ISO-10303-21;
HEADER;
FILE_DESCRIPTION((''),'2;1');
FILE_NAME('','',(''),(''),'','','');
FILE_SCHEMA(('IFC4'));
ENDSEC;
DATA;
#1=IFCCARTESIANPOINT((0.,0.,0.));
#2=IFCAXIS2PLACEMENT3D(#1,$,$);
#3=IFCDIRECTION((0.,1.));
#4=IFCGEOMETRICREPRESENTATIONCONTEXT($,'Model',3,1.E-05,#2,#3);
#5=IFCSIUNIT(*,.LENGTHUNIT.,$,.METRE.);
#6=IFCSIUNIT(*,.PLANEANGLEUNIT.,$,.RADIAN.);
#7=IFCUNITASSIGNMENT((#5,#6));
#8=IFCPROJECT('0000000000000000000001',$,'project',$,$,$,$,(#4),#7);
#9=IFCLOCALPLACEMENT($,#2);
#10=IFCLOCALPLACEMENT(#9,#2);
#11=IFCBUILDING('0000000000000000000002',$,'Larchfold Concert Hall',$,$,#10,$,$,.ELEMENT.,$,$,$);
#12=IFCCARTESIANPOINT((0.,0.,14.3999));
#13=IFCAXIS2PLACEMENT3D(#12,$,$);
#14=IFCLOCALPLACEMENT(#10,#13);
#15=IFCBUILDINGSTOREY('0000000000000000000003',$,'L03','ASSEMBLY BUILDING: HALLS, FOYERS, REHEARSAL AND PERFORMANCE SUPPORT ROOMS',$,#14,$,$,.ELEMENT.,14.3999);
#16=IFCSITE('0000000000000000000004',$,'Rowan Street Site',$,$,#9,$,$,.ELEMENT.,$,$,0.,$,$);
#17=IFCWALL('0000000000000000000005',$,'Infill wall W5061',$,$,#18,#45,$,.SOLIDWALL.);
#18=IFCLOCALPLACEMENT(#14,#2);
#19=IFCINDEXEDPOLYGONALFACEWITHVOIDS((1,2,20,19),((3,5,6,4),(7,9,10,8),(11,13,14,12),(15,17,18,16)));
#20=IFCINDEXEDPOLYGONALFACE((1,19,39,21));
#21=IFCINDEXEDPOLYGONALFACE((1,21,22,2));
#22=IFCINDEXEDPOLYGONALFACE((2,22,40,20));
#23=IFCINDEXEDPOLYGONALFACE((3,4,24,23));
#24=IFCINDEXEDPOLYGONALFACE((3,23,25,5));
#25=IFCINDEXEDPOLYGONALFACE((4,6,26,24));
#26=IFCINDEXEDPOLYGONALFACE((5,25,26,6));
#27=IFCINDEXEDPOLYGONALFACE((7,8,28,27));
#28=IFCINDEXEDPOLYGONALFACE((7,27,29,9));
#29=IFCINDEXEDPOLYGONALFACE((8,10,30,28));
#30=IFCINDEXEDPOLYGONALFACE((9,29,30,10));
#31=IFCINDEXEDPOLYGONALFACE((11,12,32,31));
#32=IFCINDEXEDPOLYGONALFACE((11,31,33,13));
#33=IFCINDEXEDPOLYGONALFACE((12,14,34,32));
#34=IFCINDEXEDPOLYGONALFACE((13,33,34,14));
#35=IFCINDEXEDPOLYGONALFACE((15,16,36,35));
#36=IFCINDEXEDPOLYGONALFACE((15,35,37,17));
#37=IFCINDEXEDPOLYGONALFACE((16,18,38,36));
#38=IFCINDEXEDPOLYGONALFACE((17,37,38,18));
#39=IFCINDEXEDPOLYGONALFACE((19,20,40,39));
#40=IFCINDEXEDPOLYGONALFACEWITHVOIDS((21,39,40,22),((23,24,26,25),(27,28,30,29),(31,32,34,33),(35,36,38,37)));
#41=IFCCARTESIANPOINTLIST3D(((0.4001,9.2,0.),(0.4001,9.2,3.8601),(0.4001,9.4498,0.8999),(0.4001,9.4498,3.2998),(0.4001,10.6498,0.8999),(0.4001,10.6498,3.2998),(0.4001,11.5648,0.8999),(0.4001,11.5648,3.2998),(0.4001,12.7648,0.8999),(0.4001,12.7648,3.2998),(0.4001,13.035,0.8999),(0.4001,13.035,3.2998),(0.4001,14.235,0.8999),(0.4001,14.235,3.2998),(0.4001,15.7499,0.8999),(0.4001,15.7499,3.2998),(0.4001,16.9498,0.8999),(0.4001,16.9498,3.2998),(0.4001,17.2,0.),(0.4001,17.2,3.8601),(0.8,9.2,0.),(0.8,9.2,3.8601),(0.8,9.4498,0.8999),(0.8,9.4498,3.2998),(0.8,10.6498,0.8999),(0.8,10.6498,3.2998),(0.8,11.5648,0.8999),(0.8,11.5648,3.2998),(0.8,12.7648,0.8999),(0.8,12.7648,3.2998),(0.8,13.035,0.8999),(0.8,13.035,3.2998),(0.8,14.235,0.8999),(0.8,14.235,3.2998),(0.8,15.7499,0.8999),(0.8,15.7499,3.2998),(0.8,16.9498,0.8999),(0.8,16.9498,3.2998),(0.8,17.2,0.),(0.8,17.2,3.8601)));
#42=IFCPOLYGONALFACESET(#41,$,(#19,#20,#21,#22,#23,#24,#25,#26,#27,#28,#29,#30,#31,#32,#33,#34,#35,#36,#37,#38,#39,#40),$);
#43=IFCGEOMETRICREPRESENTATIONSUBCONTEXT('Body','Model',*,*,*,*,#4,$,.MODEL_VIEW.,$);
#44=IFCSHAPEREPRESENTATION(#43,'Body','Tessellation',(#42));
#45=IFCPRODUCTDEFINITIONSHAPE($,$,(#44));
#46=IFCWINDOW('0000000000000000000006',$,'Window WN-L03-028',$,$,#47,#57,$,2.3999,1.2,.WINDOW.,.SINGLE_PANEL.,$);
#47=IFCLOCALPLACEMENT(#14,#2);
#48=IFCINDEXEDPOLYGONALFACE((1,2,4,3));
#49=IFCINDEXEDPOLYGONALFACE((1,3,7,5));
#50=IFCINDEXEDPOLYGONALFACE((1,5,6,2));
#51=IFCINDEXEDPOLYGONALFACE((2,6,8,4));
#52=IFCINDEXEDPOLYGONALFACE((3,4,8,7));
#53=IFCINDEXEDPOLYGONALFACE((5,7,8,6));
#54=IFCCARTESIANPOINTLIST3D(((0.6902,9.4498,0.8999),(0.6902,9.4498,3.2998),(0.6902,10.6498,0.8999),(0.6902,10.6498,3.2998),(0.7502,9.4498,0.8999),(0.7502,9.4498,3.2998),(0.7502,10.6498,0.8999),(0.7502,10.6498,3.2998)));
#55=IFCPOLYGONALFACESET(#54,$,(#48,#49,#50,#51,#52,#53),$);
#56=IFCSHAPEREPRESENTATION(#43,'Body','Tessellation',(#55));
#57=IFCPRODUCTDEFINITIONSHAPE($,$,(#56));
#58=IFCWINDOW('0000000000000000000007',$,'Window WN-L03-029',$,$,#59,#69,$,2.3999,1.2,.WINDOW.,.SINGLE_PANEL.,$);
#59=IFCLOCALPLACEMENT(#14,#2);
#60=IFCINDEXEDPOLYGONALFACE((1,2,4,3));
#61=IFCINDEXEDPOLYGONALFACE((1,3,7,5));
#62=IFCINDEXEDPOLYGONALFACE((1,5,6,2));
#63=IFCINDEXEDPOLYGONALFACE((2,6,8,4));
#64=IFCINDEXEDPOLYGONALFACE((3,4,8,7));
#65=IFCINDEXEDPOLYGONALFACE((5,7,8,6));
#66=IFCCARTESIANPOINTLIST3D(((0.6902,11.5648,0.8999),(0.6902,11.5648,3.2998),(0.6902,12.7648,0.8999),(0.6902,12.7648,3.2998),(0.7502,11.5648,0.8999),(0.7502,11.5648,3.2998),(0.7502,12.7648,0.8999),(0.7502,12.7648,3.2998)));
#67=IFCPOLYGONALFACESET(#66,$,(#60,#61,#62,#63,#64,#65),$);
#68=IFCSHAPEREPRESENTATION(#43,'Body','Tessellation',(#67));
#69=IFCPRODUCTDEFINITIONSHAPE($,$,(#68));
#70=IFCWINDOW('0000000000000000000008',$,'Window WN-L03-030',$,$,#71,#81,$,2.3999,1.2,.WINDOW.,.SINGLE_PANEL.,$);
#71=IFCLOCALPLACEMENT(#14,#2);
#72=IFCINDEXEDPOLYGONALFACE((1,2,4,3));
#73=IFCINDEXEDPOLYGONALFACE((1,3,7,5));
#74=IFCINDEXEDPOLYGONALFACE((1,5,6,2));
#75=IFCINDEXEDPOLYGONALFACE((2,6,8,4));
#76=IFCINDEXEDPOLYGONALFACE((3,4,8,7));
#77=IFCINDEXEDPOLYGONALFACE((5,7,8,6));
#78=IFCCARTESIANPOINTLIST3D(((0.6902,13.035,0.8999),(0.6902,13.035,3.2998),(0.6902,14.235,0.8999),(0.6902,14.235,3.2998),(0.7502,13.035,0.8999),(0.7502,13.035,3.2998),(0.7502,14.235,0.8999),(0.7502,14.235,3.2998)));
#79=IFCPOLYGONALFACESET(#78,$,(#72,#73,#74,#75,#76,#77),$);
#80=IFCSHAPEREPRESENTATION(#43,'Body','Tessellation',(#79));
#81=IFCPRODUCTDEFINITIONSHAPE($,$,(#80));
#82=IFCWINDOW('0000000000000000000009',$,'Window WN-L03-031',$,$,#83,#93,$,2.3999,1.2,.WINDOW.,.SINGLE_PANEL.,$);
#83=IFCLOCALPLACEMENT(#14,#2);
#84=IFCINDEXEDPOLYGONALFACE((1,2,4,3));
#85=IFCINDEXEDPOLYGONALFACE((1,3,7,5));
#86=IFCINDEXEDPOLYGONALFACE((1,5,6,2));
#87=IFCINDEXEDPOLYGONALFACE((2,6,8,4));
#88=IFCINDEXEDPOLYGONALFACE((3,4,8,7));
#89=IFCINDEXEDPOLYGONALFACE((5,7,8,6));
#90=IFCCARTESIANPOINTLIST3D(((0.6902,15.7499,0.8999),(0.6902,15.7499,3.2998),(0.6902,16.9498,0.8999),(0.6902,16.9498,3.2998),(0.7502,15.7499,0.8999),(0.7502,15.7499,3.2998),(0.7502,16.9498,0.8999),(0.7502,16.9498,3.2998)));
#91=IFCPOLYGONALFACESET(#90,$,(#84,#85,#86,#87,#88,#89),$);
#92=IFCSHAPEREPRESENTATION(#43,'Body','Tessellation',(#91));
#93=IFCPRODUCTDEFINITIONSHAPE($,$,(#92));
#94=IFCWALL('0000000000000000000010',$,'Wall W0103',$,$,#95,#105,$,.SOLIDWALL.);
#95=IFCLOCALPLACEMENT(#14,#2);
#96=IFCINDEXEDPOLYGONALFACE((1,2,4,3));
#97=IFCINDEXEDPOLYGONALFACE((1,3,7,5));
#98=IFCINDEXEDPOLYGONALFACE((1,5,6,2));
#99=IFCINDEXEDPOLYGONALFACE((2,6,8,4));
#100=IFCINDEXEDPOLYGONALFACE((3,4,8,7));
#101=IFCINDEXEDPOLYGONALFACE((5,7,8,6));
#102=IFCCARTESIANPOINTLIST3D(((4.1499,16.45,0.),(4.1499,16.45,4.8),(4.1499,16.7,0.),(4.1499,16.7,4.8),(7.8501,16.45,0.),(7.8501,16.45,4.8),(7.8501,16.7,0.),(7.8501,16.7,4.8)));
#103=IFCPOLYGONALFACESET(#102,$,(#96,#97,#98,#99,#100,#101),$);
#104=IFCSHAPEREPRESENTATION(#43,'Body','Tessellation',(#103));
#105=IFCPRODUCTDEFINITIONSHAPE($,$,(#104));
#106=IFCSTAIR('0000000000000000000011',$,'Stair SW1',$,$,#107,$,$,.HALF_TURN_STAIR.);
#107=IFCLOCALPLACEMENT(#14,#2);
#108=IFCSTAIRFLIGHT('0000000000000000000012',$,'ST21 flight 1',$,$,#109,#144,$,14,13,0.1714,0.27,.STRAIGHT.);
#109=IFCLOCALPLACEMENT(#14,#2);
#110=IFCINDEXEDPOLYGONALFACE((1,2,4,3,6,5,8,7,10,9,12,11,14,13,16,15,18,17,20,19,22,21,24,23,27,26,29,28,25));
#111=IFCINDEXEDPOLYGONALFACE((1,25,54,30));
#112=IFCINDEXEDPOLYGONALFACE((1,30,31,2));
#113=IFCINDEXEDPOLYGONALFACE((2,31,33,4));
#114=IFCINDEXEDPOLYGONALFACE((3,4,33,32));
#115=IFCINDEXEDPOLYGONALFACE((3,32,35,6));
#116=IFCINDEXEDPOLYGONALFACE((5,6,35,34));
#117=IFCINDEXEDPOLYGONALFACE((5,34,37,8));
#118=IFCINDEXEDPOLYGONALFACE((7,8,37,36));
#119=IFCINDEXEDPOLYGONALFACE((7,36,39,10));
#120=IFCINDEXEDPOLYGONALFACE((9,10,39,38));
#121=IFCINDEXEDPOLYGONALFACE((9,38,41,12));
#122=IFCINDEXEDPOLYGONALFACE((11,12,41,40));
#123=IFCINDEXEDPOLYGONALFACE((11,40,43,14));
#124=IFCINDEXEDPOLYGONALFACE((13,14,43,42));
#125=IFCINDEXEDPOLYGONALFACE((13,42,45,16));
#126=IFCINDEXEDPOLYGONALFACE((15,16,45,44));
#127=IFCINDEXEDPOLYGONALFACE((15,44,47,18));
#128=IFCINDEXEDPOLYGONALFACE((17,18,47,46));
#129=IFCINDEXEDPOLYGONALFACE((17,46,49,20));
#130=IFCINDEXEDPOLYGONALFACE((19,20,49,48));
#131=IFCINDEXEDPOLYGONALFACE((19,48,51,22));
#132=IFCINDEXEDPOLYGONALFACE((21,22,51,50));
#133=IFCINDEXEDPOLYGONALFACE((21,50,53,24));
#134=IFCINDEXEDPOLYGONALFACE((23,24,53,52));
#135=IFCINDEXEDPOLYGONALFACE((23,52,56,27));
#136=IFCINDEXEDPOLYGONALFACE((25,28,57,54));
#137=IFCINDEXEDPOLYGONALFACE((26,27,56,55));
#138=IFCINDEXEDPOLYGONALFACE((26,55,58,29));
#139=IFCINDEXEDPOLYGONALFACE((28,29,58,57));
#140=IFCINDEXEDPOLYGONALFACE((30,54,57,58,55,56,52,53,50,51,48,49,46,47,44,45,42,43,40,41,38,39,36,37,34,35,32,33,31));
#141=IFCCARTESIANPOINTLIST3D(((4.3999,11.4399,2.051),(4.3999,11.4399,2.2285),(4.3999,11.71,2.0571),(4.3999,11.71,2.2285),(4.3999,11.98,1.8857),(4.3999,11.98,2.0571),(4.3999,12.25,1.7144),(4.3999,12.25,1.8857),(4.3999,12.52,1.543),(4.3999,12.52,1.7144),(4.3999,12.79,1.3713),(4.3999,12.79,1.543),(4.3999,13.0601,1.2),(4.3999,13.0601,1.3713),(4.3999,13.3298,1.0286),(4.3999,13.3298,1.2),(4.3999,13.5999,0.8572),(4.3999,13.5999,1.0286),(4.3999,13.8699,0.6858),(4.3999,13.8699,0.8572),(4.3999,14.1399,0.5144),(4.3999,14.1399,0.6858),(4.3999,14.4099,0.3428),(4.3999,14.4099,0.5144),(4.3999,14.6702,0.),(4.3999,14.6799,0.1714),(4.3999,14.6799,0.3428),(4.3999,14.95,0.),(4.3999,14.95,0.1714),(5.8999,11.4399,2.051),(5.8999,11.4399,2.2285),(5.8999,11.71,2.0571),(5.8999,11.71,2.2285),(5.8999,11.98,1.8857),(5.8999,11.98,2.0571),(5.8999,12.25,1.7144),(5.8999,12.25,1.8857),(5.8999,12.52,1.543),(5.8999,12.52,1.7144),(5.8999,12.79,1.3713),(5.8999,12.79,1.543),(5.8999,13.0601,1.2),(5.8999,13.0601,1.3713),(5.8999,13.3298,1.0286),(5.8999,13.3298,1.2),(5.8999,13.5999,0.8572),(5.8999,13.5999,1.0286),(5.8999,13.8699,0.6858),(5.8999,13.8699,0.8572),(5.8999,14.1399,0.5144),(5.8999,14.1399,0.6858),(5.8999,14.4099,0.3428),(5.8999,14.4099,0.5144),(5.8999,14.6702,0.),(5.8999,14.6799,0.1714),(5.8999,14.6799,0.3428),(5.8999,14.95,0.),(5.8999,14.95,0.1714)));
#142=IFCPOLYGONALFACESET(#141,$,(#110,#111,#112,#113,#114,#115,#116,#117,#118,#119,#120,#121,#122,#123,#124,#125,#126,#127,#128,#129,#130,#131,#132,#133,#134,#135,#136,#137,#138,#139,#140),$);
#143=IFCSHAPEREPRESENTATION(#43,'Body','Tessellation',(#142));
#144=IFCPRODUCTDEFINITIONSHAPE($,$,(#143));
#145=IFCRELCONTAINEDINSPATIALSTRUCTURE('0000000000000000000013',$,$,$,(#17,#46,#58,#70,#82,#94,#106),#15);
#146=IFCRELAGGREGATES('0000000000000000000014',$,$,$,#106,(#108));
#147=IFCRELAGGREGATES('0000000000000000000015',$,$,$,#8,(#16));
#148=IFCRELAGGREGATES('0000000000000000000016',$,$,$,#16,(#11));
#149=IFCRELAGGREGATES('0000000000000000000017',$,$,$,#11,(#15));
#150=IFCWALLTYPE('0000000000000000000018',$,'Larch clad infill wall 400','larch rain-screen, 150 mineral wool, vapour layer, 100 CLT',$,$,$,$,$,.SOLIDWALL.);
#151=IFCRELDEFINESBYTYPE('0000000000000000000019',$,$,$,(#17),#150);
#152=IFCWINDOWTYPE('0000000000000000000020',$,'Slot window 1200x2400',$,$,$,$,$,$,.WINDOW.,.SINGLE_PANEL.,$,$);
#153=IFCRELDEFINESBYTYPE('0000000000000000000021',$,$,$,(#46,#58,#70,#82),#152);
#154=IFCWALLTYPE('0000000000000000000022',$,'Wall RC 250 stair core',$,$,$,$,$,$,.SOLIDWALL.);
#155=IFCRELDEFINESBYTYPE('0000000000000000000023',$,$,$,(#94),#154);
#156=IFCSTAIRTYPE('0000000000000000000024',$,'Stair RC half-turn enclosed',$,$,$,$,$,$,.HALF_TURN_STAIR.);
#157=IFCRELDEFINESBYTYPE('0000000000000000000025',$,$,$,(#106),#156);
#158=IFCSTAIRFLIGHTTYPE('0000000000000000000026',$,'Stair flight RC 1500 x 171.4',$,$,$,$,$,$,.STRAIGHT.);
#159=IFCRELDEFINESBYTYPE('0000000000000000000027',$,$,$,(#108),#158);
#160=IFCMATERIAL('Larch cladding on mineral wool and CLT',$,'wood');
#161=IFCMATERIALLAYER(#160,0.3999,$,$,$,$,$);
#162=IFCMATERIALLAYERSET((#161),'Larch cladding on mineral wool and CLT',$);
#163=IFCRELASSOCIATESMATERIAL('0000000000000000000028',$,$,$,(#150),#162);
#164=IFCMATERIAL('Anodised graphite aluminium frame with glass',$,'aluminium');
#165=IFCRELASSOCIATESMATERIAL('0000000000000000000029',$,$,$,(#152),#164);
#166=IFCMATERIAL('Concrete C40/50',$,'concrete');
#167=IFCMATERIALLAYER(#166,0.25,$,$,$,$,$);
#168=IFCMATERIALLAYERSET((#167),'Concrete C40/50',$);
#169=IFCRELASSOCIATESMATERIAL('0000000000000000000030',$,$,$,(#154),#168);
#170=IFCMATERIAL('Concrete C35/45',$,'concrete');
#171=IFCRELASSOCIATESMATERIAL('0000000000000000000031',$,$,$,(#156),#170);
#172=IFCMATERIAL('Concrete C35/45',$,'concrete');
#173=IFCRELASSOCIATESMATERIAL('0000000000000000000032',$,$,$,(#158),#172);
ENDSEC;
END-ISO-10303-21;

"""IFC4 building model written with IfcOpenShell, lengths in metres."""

from ifc_helpers import new_model, si_unit, direction, frame, frame_2d, origin, place, context, subcontext, project, spatial, polyline, rectangle, outline, extrude, material, layer, layer_set, type_object, element, fill, aggregate, save


model = new_model("IFC4")

# Units and contexts
model_context = context("Model", 3, precision=1e-05, world=origin(), true_north=direction((0.0, 1.0)))
body_context = subcontext(model_context, "Body", "Model", "MODEL_VIEW")
ifc_project = project(units=[si_unit("LENGTHUNIT", "METRE"), si_unit("PLANEANGLEUNIT", "RADIAN")], contexts=[model_context])

# Site, building, storey
site_placement = place(None, origin())
site = spatial("IfcSite", under=ifc_project, at=site_placement, Name="Rowan Street Site", CompositionType="ELEMENT", RefElevation=0.0)
building_placement = place(site_placement, origin())
building = spatial("IfcBuilding", under=site, at=building_placement, Name="Larchfold Concert Hall", CompositionType="ELEMENT")
storey_placement = place(building_placement, frame((0.0, 0.0, 14.3999)))
storey = spatial("IfcBuildingStorey", under=building, at=storey_placement, Name="L03", Description="ASSEMBLY BUILDING: HALLS, FOYERS, REHEARSAL AND PERFORMANCE SUPPORT ROOMS", CompositionType="ELEMENT", Elevation=14.3999)

# Wall, openings, windows
ifc_material_1 = material(Name="Larch cladding on mineral wool and CLT", Category="wood")
ifc_layer_1 = layer(ifc_material_1, 0.3999)
ifc_layer_set_1 = layer_set([ifc_layer_1], Name="Larch cladding on mineral wool and CLT")
wall_type_1 = type_object("IfcWallType", Name="Larch clad infill wall 400", Description="larch rain-screen, 150 mineral wool, vapour layer, 100 CLT", PredefinedType="SOLIDWALL", material=ifc_layer_set_1)
wall_1_placement = place(storey_placement, frame((0.6001, 17.2, 0.0), z_axis=(0.0, 0.0, 1.0), x_axis=(0.0, -1.0, 0.0)))
wall_1 = element("IfcWall", 1, at=wall_1_placement, inside=storey, type_object=wall_type_1, Name="Infill wall W5061", PredefinedType="SOLIDWALL", context=body_context, shape_type="SweptSolid", body=[
    extrude(rectangle(XDim=8.0, YDim=0.3999, at=frame_2d((4.0, 0.0))), origin(), (0.0, 0.0, 1.0), 3.8601),
])
opening_1_placement = place(wall_1_placement, frame((6.55, 0.0, 0.8999)))
opening_1 = element("IfcOpeningElement", 2, at=opening_1_placement, cuts=wall_1, PredefinedType="OPENING", context=body_context, shape_type="SweptSolid", body=[
    extrude(rectangle(XDim=1.2, YDim=2.3999, at=frame_2d((0.6001, 1.2))), frame((0.0, 0.21, 0.0), z_axis=(0.0, -1.0, 0.0), x_axis=(1.0, 0.0, 0.0)), (0.0, 0.0, 1.0), 0.4199),
])
opening_2_placement = place(wall_1_placement, frame((4.4351, 0.0, 0.8999)))
opening_2 = element("IfcOpeningElement", 3, at=opening_2_placement, cuts=wall_1, PredefinedType="OPENING", context=body_context, shape_type="SweptSolid", body=[
    extrude(rectangle(XDim=1.2, YDim=2.3999, at=frame_2d((0.6001, 1.2))), frame((0.0, 0.21, 0.0), z_axis=(0.0, -1.0, 0.0), x_axis=(1.0, 0.0, 0.0)), (0.0, 0.0, 1.0), 0.4199),
])
opening_3_placement = place(wall_1_placement, frame((2.9648, 0.0, 0.8999)))
opening_3 = element("IfcOpeningElement", 4, at=opening_3_placement, cuts=wall_1, PredefinedType="OPENING", context=body_context, shape_type="SweptSolid", body=[
    extrude(rectangle(XDim=1.2, YDim=2.3999, at=frame_2d((0.6001, 1.2))), frame((0.0, 0.21, 0.0), z_axis=(0.0, -1.0, 0.0), x_axis=(1.0, 0.0, 0.0)), (0.0, 0.0, 1.0), 0.4199),
])
opening_4_placement = place(wall_1_placement, frame((0.25, 0.0, 0.8999)))
opening_4 = element("IfcOpeningElement", 5, at=opening_4_placement, cuts=wall_1, PredefinedType="OPENING", context=body_context, shape_type="SweptSolid", body=[
    extrude(rectangle(XDim=1.2, YDim=2.3999, at=frame_2d((0.6001, 1.2))), frame((0.0, 0.21, 0.0), z_axis=(0.0, -1.0, 0.0), x_axis=(1.0, 0.0, 0.0)), (0.0, 0.0, 1.0), 0.4199),
])
ifc_material_2 = material(Name="Anodised graphite aluminium frame with glass", Category="aluminium")
window_type = type_object("IfcWindowType", Name="Slot window 1200x2400", PartitioningType="SINGLE_PANEL", PredefinedType="WINDOW", material=ifc_material_2)
window_1_placement = place(opening_1_placement, origin())
window_1 = element("IfcWindow", 6, at=window_1_placement, inside=storey, type_object=window_type, Name="Window WN-L03-028", OverallHeight=2.3999, OverallWidth=1.2, PartitioningType="SINGLE_PANEL", PredefinedType="WINDOW", context=body_context, shape_type="SweptSolid", body=[
    extrude(rectangle(XDim=1.2, YDim=2.3999, at=frame_2d((0.6001, 1.2))), frame((0.0, 0.1501, 0.0), z_axis=(0.0, -1.0, 0.0), x_axis=(1.0, 0.0, 0.0)), (0.0, 0.0, 1.0), 0.0601),
])
fill(opening_1, window_1)
window_2_placement = place(opening_2_placement, origin())
window_2 = element("IfcWindow", 7, at=window_2_placement, inside=storey, type_object=window_type, Name="Window WN-L03-029", OverallHeight=2.3999, OverallWidth=1.2, PartitioningType="SINGLE_PANEL", PredefinedType="WINDOW", context=body_context, shape_type="SweptSolid", body=[
    extrude(rectangle(XDim=1.2, YDim=2.3999, at=frame_2d((0.6001, 1.2))), frame((0.0, 0.1501, 0.0), z_axis=(0.0, -1.0, 0.0), x_axis=(1.0, 0.0, 0.0)), (0.0, 0.0, 1.0), 0.0601),
])
fill(opening_2, window_2)
window_3_placement = place(opening_3_placement, origin())
window_3 = element("IfcWindow", 8, at=window_3_placement, inside=storey, type_object=window_type, Name="Window WN-L03-030", OverallHeight=2.3999, OverallWidth=1.2, PartitioningType="SINGLE_PANEL", PredefinedType="WINDOW", context=body_context, shape_type="SweptSolid", body=[
    extrude(rectangle(XDim=1.2, YDim=2.3999, at=frame_2d((0.6001, 1.2))), frame((0.0, 0.1501, 0.0), z_axis=(0.0, -1.0, 0.0), x_axis=(1.0, 0.0, 0.0)), (0.0, 0.0, 1.0), 0.0601),
])
fill(opening_3, window_3)
window_4_placement = place(opening_4_placement, origin())
window_4 = element("IfcWindow", 9, at=window_4_placement, inside=storey, type_object=window_type, Name="Window WN-L03-031", OverallHeight=2.3999, OverallWidth=1.2, PartitioningType="SINGLE_PANEL", PredefinedType="WINDOW", context=body_context, shape_type="SweptSolid", body=[
    extrude(rectangle(XDim=1.2, YDim=2.3999, at=frame_2d((0.6001, 1.2))), frame((0.0, 0.1501, 0.0), z_axis=(0.0, -1.0, 0.0), x_axis=(1.0, 0.0, 0.0)), (0.0, 0.0, 1.0), 0.0601),
])
fill(opening_4, window_4)

# Wall
ifc_material_3 = material(Name="Concrete C40/50", Category="concrete")
ifc_layer_2 = layer(ifc_material_3, 0.25)
ifc_layer_set_2 = layer_set([ifc_layer_2], Name="Concrete C40/50")
wall_type_2 = type_object("IfcWallType", Name="Wall RC 250 stair core", PredefinedType="SOLIDWALL", material=ifc_layer_set_2)
wall_2_placement = place(storey_placement, frame((4.1499, 16.575, 0.0), z_axis=(0.0, 0.0, 1.0), x_axis=(1.0, 0.0, 0.0)))
element("IfcWall", 10, at=wall_2_placement, inside=storey, type_object=wall_type_2, Name="Wall W0103", PredefinedType="SOLIDWALL", context=body_context, shape_type="SweptSolid", body=[
    extrude(rectangle(XDim=3.7002, YDim=0.25, at=frame_2d((1.8501, 0.0))), origin(), (0.0, 0.0, 1.0), 4.8),
])

# Stair, stair flight
ifc_material_4 = material(Name="Concrete C35/45", Category="concrete")
stair_type = type_object("IfcStairType", Name="Stair RC half-turn enclosed", PredefinedType="HALF_TURN_STAIR", material=ifc_material_4)
stair_placement = place(storey_placement, origin())
stair = element("IfcStair", 11, at=stair_placement, inside=storey, type_object=stair_type, Name="Stair SW1", PredefinedType="HALF_TURN_STAIR")
ifc_material_5 = material(Name="Concrete C35/45", Category="concrete")
stair_flight_type = type_object("IfcStairFlightType", Name="Stair flight RC 1500 x 171.4", PredefinedType="STRAIGHT", material=ifc_material_5)
stair_flight_1_placement = place(storey_placement, frame((5.1499, 14.95, 0.0), z_axis=(0.0, 0.0, 1.0), x_axis=(0.0, -1.0, 0.0)))
stair_flight_1 = element("IfcStairFlight", 12, at=stair_flight_1_placement, type_object=stair_flight_type, Name="ST21 flight 1", NumberOfRisers=14, NumberOfTreads=13, PredefinedType="STRAIGHT", RiserHeight=0.1714, TreadLength=0.27, context=body_context, shape_type="SweptSolid", body=[
    extrude(outline(polyline([(0.0, 0.0), (0.0, 0.1714), (0.27, 0.1714), (0.27, 0.3428), (0.54, 0.3428), (0.54, 0.5144), (0.8101, 0.5144), (0.8101, 0.6858), (1.0801, 0.6858), (1.0801, 0.8572), (1.3501, 0.8572), (1.3501, 1.0286), (1.6201, 1.0286), (1.6201, 1.2), (1.8899, 1.2), (1.8899, 1.3713), (2.1599, 1.3713), (2.1599, 1.543), (2.4299, 1.543), (2.4299, 1.7144), (2.7, 1.7144), (2.7, 1.8857), (2.97, 1.8857), (2.97, 2.0571), (3.24, 2.0571), (3.24, 2.2285), (3.51, 2.2285), (3.51, 2.3999), (3.51, 2.051), (0.2798, 0.0), (0.0, 0.0)])), frame((0.0, 0.75, 0.0), z_axis=(0.0, -1.0, 0.0), x_axis=(1.0, 0.0, 0.0)), (0.0, 0.0, 1.0), 1.5),
])
aggregate(stair, [stair_flight_1])

save(model, "model.ifc")
